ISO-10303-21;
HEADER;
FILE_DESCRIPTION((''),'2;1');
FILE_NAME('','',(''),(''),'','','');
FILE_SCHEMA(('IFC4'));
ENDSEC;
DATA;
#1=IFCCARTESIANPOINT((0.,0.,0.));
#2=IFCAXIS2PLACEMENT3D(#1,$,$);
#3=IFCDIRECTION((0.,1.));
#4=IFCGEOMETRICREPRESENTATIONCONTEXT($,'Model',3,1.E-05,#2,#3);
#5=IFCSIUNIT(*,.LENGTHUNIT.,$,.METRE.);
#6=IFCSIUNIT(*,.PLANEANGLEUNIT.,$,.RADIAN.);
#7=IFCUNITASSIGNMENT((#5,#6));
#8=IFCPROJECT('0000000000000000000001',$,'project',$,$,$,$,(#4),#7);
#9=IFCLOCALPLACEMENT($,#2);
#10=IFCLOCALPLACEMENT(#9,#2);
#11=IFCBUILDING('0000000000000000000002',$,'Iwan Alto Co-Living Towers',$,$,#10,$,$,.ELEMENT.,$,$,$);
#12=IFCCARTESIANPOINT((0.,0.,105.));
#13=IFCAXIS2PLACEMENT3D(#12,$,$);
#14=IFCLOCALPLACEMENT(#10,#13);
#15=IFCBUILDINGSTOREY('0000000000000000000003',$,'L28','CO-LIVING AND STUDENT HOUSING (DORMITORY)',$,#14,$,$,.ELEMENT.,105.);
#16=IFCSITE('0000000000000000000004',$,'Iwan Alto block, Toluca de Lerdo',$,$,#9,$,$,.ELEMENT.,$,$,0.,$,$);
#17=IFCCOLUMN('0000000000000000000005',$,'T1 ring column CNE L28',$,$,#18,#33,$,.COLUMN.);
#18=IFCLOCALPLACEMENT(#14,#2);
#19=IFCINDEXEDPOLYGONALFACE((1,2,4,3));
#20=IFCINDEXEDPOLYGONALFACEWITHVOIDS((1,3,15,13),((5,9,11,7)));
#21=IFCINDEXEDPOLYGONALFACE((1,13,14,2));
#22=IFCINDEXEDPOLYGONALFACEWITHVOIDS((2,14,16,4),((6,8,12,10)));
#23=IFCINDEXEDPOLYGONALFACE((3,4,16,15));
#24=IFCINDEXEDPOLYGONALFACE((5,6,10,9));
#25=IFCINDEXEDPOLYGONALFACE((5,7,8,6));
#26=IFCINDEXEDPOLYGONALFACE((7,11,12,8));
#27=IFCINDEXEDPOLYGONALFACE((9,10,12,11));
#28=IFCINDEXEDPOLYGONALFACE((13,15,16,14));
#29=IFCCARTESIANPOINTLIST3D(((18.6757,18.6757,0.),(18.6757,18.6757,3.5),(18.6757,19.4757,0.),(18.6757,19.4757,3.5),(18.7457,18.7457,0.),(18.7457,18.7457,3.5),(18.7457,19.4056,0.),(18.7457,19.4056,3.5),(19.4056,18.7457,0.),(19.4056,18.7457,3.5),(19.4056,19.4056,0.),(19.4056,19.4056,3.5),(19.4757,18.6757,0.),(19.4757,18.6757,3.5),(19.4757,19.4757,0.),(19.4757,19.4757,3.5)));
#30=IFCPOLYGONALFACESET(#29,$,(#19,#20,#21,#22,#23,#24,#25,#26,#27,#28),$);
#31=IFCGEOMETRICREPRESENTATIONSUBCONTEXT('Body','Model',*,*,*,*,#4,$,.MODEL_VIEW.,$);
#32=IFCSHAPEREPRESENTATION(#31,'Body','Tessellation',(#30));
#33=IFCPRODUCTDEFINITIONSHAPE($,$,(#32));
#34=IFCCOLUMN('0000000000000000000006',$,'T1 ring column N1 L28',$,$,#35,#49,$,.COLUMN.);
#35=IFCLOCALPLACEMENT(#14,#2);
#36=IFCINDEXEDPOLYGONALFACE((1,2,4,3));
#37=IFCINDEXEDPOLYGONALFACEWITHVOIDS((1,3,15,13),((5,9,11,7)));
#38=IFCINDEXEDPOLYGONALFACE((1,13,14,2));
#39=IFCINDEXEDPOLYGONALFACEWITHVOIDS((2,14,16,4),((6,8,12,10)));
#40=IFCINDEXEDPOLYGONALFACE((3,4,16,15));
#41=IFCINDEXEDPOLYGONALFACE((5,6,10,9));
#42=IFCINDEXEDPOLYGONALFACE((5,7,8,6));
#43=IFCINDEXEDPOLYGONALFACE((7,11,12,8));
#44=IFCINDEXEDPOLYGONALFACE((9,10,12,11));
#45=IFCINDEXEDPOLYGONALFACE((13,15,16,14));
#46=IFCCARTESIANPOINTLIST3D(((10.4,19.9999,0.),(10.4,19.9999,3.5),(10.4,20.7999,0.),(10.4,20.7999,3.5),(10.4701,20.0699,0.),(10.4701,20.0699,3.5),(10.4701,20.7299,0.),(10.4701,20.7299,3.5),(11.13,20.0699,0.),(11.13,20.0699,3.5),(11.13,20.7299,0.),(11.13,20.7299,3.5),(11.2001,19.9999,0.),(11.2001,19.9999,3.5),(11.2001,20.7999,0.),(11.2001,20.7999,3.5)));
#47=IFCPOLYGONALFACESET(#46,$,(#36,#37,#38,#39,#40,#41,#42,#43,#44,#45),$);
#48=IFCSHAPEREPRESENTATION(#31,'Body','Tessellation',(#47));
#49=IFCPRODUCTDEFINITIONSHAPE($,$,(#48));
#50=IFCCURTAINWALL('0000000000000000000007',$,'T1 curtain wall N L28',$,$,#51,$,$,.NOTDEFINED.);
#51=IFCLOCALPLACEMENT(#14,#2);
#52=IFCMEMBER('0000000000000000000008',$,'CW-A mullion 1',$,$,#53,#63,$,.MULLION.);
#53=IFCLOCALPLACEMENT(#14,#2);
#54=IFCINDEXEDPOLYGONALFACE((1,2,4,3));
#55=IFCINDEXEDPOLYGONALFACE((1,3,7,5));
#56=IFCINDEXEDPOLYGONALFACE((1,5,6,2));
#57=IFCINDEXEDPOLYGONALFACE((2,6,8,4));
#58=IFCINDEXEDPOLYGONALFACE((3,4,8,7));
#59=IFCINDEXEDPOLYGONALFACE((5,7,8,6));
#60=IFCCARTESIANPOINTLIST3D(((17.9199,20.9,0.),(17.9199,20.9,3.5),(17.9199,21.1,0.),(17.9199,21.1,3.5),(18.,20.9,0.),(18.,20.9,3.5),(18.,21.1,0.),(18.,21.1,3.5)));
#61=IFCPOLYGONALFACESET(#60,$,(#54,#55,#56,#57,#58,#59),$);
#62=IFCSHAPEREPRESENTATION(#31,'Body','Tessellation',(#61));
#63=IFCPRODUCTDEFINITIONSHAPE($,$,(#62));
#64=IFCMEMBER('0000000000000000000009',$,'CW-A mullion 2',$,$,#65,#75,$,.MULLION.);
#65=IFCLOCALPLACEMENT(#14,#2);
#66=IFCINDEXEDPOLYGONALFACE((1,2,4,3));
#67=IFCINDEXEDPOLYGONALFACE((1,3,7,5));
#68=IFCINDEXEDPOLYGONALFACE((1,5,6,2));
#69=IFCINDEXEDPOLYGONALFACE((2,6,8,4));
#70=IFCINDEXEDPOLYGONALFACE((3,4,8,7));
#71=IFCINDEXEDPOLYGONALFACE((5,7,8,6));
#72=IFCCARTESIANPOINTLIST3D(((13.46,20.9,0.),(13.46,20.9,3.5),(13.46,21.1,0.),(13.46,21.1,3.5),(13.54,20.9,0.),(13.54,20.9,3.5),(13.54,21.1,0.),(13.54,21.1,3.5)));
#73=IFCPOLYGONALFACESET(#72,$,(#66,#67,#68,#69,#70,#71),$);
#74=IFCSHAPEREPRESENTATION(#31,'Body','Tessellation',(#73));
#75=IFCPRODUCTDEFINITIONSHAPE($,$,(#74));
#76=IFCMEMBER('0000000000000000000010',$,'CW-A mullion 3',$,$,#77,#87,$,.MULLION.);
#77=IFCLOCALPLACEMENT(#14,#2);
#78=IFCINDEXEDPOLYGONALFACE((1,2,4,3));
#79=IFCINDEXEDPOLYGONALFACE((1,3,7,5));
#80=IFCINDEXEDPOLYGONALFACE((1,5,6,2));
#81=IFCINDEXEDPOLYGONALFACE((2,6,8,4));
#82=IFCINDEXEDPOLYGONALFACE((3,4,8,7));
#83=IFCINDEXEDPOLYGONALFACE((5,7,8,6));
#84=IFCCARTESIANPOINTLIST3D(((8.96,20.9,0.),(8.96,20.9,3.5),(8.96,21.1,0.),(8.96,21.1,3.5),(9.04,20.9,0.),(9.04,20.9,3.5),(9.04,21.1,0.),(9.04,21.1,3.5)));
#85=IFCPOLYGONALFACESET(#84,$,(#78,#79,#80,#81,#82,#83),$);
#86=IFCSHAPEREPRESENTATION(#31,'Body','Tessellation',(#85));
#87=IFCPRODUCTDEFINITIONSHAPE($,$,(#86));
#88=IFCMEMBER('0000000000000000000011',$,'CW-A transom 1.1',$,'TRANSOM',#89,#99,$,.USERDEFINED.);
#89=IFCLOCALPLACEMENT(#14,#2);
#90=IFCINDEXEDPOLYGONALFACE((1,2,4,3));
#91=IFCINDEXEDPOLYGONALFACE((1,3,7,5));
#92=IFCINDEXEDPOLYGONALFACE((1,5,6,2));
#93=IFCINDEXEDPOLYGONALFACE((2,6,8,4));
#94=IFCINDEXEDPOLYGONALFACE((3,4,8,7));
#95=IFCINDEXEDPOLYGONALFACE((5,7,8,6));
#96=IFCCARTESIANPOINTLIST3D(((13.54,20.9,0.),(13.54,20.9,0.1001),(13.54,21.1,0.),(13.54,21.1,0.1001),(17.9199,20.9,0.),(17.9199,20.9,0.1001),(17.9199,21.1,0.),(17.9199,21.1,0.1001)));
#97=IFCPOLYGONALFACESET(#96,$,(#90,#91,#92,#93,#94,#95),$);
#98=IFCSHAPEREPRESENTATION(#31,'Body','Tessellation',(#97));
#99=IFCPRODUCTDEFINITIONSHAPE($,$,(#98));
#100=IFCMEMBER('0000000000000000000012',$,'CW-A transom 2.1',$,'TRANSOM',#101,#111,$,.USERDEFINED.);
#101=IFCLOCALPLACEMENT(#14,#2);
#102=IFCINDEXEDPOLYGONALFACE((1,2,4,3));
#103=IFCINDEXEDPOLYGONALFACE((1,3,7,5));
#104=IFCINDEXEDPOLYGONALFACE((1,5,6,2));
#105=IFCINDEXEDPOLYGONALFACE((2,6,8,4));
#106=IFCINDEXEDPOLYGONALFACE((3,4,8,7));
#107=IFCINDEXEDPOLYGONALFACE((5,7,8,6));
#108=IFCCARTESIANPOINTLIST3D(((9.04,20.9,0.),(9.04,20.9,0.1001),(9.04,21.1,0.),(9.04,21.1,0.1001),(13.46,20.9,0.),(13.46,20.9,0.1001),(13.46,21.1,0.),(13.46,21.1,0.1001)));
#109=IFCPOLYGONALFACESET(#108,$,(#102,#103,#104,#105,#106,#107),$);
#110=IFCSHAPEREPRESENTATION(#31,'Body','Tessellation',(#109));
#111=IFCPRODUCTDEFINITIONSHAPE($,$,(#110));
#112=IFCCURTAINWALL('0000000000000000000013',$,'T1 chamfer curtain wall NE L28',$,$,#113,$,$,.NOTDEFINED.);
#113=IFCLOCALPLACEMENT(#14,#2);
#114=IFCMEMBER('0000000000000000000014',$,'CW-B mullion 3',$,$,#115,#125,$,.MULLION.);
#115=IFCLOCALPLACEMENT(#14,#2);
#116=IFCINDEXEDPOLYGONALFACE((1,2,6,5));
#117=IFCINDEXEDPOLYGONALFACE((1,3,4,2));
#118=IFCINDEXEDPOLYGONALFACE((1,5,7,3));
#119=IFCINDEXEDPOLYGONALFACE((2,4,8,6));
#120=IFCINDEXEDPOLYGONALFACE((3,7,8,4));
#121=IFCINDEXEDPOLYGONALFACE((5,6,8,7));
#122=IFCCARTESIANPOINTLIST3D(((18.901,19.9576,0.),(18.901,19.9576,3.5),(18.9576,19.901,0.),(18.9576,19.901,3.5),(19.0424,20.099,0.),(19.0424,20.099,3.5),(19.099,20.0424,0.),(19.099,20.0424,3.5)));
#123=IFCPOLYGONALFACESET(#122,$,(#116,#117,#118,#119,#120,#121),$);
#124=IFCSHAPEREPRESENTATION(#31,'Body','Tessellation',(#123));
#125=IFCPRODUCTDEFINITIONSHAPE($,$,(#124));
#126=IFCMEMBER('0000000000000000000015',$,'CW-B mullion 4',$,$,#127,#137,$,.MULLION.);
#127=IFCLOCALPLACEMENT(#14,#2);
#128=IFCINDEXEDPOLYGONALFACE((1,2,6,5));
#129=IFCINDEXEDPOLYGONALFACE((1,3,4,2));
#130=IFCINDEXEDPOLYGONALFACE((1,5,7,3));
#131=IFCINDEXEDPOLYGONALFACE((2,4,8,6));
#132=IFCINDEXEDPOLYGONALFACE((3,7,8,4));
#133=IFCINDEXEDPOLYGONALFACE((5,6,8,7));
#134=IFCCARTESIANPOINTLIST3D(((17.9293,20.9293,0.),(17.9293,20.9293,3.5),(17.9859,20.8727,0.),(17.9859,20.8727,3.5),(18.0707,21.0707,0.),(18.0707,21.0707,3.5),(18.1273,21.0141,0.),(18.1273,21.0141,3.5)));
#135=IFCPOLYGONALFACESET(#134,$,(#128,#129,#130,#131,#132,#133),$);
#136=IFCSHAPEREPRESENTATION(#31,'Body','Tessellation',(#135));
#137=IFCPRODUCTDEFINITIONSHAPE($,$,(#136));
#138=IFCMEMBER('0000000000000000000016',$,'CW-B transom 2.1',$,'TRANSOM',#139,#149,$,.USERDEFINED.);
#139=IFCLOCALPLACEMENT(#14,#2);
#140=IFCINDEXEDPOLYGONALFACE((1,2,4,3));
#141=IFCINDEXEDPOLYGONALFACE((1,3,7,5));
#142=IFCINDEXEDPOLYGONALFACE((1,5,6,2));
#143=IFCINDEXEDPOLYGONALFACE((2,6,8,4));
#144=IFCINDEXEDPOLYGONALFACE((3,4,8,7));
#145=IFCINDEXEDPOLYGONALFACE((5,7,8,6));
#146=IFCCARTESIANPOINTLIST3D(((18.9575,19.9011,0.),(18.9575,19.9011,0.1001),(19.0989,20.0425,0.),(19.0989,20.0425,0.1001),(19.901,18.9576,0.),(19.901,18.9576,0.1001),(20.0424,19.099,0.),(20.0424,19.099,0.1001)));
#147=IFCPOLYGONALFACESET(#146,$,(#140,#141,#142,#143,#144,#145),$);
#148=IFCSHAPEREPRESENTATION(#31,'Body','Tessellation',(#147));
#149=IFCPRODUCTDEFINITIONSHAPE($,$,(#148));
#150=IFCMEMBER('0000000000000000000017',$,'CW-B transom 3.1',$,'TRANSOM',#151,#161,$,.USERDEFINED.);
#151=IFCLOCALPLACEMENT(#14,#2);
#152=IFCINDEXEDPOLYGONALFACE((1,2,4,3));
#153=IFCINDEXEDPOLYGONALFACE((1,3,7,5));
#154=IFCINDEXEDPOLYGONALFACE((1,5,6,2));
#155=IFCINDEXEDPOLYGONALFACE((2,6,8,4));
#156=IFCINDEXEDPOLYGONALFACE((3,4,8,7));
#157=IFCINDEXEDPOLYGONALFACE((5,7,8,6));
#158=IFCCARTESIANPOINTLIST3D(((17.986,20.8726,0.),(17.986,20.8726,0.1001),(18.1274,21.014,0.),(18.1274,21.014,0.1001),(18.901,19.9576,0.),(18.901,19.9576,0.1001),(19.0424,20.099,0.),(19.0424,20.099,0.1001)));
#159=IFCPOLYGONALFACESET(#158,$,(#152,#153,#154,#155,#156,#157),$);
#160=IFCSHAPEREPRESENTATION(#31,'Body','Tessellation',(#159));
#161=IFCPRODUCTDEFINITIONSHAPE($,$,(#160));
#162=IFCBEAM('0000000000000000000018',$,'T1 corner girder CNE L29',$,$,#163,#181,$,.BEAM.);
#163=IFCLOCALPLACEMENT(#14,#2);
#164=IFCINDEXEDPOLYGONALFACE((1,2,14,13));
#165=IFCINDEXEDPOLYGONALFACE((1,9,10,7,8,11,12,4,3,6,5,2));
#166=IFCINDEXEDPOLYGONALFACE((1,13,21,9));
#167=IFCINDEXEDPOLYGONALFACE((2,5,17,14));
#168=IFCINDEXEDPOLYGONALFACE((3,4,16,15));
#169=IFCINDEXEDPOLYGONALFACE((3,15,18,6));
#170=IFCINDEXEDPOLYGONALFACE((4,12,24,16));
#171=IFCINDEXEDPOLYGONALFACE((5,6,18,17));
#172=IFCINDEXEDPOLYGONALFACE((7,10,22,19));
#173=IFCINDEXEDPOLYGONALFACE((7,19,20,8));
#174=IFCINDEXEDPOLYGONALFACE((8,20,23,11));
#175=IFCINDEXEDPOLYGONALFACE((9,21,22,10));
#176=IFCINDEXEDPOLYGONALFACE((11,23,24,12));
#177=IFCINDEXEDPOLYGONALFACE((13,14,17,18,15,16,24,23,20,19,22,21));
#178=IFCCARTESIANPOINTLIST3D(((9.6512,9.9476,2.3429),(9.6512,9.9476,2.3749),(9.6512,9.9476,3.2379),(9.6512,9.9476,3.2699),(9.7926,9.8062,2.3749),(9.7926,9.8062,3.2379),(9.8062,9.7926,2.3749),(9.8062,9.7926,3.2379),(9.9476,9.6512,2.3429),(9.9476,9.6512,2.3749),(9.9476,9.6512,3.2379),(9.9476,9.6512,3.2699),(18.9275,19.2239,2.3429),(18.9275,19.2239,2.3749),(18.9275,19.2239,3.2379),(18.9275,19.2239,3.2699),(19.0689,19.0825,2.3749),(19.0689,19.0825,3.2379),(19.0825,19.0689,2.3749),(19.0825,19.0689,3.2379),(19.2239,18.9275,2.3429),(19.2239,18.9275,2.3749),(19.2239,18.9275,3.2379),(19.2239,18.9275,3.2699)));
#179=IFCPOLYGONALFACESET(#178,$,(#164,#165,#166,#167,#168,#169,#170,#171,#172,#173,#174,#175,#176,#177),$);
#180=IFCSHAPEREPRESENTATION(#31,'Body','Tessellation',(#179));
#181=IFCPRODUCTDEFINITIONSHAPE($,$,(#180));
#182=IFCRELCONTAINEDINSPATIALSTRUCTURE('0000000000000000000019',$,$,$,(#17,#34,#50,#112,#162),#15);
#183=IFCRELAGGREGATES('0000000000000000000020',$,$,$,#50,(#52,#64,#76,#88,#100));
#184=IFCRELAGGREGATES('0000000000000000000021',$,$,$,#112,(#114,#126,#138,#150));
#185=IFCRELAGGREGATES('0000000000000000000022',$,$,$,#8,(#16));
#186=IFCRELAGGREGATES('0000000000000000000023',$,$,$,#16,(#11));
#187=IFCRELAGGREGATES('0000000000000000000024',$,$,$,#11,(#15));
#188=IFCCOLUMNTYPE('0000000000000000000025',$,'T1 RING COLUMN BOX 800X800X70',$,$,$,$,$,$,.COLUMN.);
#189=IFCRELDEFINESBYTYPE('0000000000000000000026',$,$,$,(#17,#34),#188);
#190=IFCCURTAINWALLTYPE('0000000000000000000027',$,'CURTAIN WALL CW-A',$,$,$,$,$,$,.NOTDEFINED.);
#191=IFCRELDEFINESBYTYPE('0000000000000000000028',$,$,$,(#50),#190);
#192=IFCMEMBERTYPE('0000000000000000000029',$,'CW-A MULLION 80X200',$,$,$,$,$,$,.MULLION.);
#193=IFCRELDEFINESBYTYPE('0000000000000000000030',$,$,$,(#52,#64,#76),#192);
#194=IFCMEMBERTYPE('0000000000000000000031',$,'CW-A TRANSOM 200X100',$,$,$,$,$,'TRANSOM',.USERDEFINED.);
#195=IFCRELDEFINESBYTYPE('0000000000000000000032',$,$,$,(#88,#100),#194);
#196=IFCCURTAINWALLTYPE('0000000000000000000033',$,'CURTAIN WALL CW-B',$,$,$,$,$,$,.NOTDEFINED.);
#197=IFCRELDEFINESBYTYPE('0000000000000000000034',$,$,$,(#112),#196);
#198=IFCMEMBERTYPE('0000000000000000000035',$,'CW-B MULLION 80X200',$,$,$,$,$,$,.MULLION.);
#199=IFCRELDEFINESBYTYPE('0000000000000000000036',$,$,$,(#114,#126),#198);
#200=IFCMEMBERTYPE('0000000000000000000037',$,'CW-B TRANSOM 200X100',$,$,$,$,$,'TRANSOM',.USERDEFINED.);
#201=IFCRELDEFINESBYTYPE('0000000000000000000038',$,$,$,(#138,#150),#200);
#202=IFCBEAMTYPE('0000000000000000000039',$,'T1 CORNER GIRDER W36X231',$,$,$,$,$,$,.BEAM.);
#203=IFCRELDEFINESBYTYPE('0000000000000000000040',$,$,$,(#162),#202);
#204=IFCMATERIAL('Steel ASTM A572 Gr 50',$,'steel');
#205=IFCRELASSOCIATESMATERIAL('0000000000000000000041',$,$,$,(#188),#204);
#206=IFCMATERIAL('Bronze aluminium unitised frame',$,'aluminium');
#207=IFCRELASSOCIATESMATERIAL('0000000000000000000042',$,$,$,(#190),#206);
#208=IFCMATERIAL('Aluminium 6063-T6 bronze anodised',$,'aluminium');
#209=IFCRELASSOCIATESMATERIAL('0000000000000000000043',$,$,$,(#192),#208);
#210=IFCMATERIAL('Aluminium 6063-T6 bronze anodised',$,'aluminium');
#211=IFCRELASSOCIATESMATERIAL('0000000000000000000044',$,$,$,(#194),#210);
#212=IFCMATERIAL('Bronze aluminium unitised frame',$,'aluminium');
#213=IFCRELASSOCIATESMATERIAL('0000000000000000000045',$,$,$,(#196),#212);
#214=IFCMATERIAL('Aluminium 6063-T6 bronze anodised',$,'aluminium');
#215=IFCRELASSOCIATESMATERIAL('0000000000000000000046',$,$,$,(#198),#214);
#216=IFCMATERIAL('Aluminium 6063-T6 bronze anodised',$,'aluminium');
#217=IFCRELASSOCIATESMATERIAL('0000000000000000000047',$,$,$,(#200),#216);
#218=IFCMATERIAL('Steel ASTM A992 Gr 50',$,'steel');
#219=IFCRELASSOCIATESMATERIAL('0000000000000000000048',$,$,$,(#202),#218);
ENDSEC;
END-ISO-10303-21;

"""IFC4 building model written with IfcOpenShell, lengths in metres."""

from ifc_helpers import new_model, si_unit, direction, frame, origin, origin_2d, place, context, subcontext, project, spatial, rectangle, hollow_rectangle, i_section, extrude, material, material_profile, profile_set, type_object, element, aggregate, save


model = new_model("IFC4")

# Units and contexts
model_context = context("Model", 3, precision=1e-05, world=origin(), true_north=direction((0.0, 1.0)))
body_context = subcontext(model_context, "Body", "Model", "MODEL_VIEW")
ifc_project = project(units=[si_unit("LENGTHUNIT", "METRE"), si_unit("PLANEANGLEUNIT", "RADIAN")], contexts=[model_context])

# Site, building, storey
site_placement = place(None, origin())
site = spatial("IfcSite", under=ifc_project, at=site_placement, Name="Iwan Alto block, Toluca de Lerdo", CompositionType="ELEMENT", RefElevation=0.0)
building_placement = place(site_placement, origin())
building = spatial("IfcBuilding", under=site, at=building_placement, Name="Iwan Alto Co-Living Towers", CompositionType="ELEMENT")
storey_placement = place(building_placement, frame((0.0, 0.0, 105.0)))
storey = spatial("IfcBuildingStorey", under=building, at=storey_placement, Name="L28", Description="CO-LIVING AND STUDENT HOUSING (DORMITORY)", CompositionType="ELEMENT", Elevation=105.0)

# Columns
ifc_material_1 = material(Name="Steel ASTM A572 Gr 50", Category="steel")
ifc_material_profile_1 = material_profile(ifc_material_1, hollow_rectangle(XDim=0.8, YDim=0.8, WallThickness=0.0701, at=origin_2d()), Name="BOX 800X800X70")
ifc_profile_set_1 = profile_set([ifc_material_profile_1], Name="Steel ASTM A572 Gr 50")
column_type = type_object("IfcColumnType", Name="T1 RING COLUMN BOX 800X800X70", PredefinedType="COLUMN", material=ifc_profile_set_1)
for number, where, z_axis, x_axis, name in (
    (1, (19.0757, 19.0757, 0.0), (0.0, 0.0, 1.0), (1.0, 0.0, 0.0), "T1 ring column CNE L28"),
    (2, (10.8, 20.3999, 0.0), (0.0, 0.0, 1.0), (1.0, 0.0, 0.0), "T1 ring column N1 L28"),
):
    element("IfcColumn", number, at=place(storey_placement, frame(where, z_axis=z_axis, x_axis=x_axis)), inside=storey, type_object=column_type, Name=name, PredefinedType="COLUMN", context=body_context, shape_type="SweptSolid", body=[
        extrude(hollow_rectangle(XDim=0.8, YDim=0.8, WallThickness=0.0701, at=origin_2d()), origin(), (0.0, 0.0, 1.0), 3.5),
    ])

# Curtain walls, members
ifc_material_2 = material(Name="Bronze aluminium unitised frame", Category="aluminium")
curtain_wall_type_1 = type_object("IfcCurtainWallType", Name="CURTAIN WALL CW-A", PredefinedType="NOTDEFINED", material=ifc_material_2)
curtain_wall_1_placement = place(storey_placement, origin())
curtain_wall_1 = element("IfcCurtainWall", 3, at=curtain_wall_1_placement, inside=storey, type_object=curtain_wall_type_1, Name="T1 curtain wall N L28", PredefinedType="NOTDEFINED")
ifc_material_3 = material(Name="Aluminium 6063-T6 bronze anodised", Category="aluminium")
ifc_material_profile_2 = material_profile(ifc_material_3, rectangle(XDim=0.2, YDim=0.0801, at=origin_2d()), Name="AL 80X200")
ifc_profile_set_2 = profile_set([ifc_material_profile_2], Name="Aluminium 6063-T6 bronze anodised")
member_type_1 = type_object("IfcMemberType", Name="CW-A MULLION 80X200", PredefinedType="MULLION", material=ifc_profile_set_2)
member_1_placement = place(storey_placement, frame((17.96, 21.0, 0.0), z_axis=(0.0, 0.0, 1.0), x_axis=(0.0, -1.0, 0.0)))
member_1 = element("IfcMember", 4, at=member_1_placement, type_object=member_type_1, Name="CW-A mullion 1", PredefinedType="MULLION", context=body_context, shape_type="SweptSolid", body=[
    extrude(rectangle(XDim=0.2, YDim=0.0801, at=origin_2d()), origin(), (0.0, 0.0, 1.0), 3.5),
])
member_2_placement = place(storey_placement, frame((13.5, 21.0, 0.0), z_axis=(0.0, 0.0, 1.0), x_axis=(0.0, -1.0, 0.0)))
member_2 = element("IfcMember", 5, at=member_2_placement, type_object=member_type_1, Name="CW-A mullion 2", PredefinedType="MULLION", context=body_context, shape_type="SweptSolid", body=[
    extrude(rectangle(XDim=0.2, YDim=0.0801, at=origin_2d()), origin(), (0.0, 0.0, 1.0), 3.5),
])
member_3_placement = place(storey_placement, frame((9.0, 21.0, 0.0), z_axis=(0.0, 0.0, 1.0), x_axis=(0.0, -1.0, 0.0)))
member_3 = element("IfcMember", 6, at=member_3_placement, type_object=member_type_1, Name="CW-A mullion 3", PredefinedType="MULLION", context=body_context, shape_type="SweptSolid", body=[
    extrude(rectangle(XDim=0.2, YDim=0.0801, at=origin_2d()), origin(), (0.0, 0.0, 1.0), 3.5),
])
ifc_material_4 = material(Name="Aluminium 6063-T6 bronze anodised", Category="aluminium")
ifc_material_profile_3 = material_profile(ifc_material_4, rectangle(XDim=0.2, YDim=0.1001, at=origin_2d()), Name="AL 200X100")
ifc_profile_set_3 = profile_set([ifc_material_profile_3], Name="Aluminium 6063-T6 bronze anodised")
member_type_2 = type_object("IfcMemberType", Name="CW-A TRANSOM 200X100", ElementType="TRANSOM", PredefinedType="USERDEFINED", material=ifc_profile_set_3)
member_4_placement = place(storey_placement, frame((17.9199, 21.0, 0.05), z_axis=(-1.0, 0.0, 0.0), x_axis=(0.0, -1.0, 0.0)))
member_4 = element("IfcMember", 7, at=member_4_placement, type_object=member_type_2, Name="CW-A transom 1.1", ObjectType="TRANSOM", PredefinedType="USERDEFINED", context=body_context, shape_type="SweptSolid", body=[
    extrude(rectangle(XDim=0.2, YDim=0.1001, at=origin_2d()), origin(), (0.0, 0.0, 1.0), 4.3799),
])
member_5_placement = place(storey_placement, frame((13.46, 21.0, 0.05), z_axis=(-1.0, 0.0, 0.0), x_axis=(0.0, -1.0, 0.0)))
member_5 = element("IfcMember", 8, at=member_5_placement, type_object=member_type_2, Name="CW-A transom 2.1", ObjectType="TRANSOM", PredefinedType="USERDEFINED", context=body_context, shape_type="SweptSolid", body=[
    extrude(rectangle(XDim=0.2, YDim=0.1001, at=origin_2d()), origin(), (0.0, 0.0, 1.0), 4.4199),
])
ifc_material_5 = material(Name="Bronze aluminium unitised frame", Category="aluminium")
curtain_wall_type_2 = type_object("IfcCurtainWallType", Name="CURTAIN WALL CW-B", PredefinedType="NOTDEFINED", material=ifc_material_5)
curtain_wall_2_placement = place(storey_placement, origin())
curtain_wall_2 = element("IfcCurtainWall", 9, at=curtain_wall_2_placement, inside=storey, type_object=curtain_wall_type_2, Name="T1 chamfer curtain wall NE L28", PredefinedType="NOTDEFINED")
ifc_material_6 = material(Name="Aluminium 6063-T6 bronze anodised", Category="aluminium")
ifc_material_profile_4 = material_profile(ifc_material_6, rectangle(XDim=0.2, YDim=0.0801, at=origin_2d()), Name="AL 80X200")
ifc_profile_set_4 = profile_set([ifc_material_profile_4], Name="Aluminium 6063-T6 bronze anodised")
member_type_3 = type_object("IfcMemberType", Name="CW-B MULLION 80X200", PredefinedType="MULLION", material=ifc_profile_set_4)
member_6_placement = place(storey_placement, frame((19.0, 20.0, 0.0), z_axis=(0.0, 0.0, 1.0), x_axis=(-0.707107, -0.707107, 0.0)))
member_6 = element("IfcMember", 10, at=member_6_placement, type_object=member_type_3, Name="CW-B mullion 3", PredefinedType="MULLION", context=body_context, shape_type="SweptSolid", body=[
    extrude(rectangle(XDim=0.2, YDim=0.0801, at=origin_2d()), origin(), (0.0, 0.0, 1.0), 3.5),
])
member_7_placement = place(storey_placement, frame((18.0283, 20.9717, 0.0), z_axis=(0.0, 0.0, 1.0), x_axis=(-0.707107, -0.707107, 0.0)))
member_7 = element("IfcMember", 11, at=member_7_placement, type_object=member_type_3, Name="CW-B mullion 4", PredefinedType="MULLION", context=body_context, shape_type="SweptSolid", body=[
    extrude(rectangle(XDim=0.2, YDim=0.0801, at=origin_2d()), origin(), (0.0, 0.0, 1.0), 3.5),
])
ifc_material_7 = material(Name="Aluminium 6063-T6 bronze anodised", Category="aluminium")
ifc_material_profile_5 = material_profile(ifc_material_7, rectangle(XDim=0.2, YDim=0.1001, at=origin_2d()), Name="AL 200X100")
ifc_profile_set_5 = profile_set([ifc_material_profile_5], Name="Aluminium 6063-T6 bronze anodised")
member_type_4 = type_object("IfcMemberType", Name="CW-B TRANSOM 200X100", ElementType="TRANSOM", PredefinedType="USERDEFINED", material=ifc_profile_set_5)
member_8_placement = place(storey_placement, frame((19.9717, 19.0283, 0.05), z_axis=(-0.707107, 0.707107, 0.0), x_axis=(-0.707107, -0.707107, 0.0)))
member_8 = element("IfcMember", 12, at=member_8_placement, type_object=member_type_4, Name="CW-B transom 2.1", ObjectType="TRANSOM", PredefinedType="USERDEFINED", context=body_context, shape_type="SweptSolid", body=[
    extrude(rectangle(XDim=0.2, YDim=0.1001, at=origin_2d()), origin(), (0.0, 0.0, 1.0), 1.3342),
])
member_9_placement = place(storey_placement, frame((18.9717, 20.0283, 0.05), z_axis=(-0.707107, 0.707107, 0.0), x_axis=(-0.707107, -0.707107, 0.0)))
member_9 = element("IfcMember", 13, at=member_9_placement, type_object=member_type_4, Name="CW-B transom 3.1", ObjectType="TRANSOM", PredefinedType="USERDEFINED", context=body_context, shape_type="SweptSolid", body=[
    extrude(rectangle(XDim=0.2, YDim=0.1001, at=origin_2d()), origin(), (0.0, 0.0, 1.0), 1.2939),
])

# Beam
ifc_material_8 = material(Name="Steel ASTM A992 Gr 50", Category="steel")
ifc_material_profile_6 = material_profile(ifc_material_8, i_section(OverallWidth=0.4192, OverallDepth=0.927, WebThickness=0.0193, FlangeThickness=0.032, at=origin_2d()), Name="W36X231")
ifc_profile_set_6 = profile_set([ifc_material_profile_6], Name="Steel ASTM A992 Gr 50")
beam_type_1 = type_object("IfcBeamType", Name="T1 CORNER GIRDER W36X231", PredefinedType="BEAM", material=ifc_profile_set_6)
beam_1_placement = place(storey_placement, frame((19.0757, 19.0757, 2.8064), z_axis=(-0.707107, -0.707107, 0.0), x_axis=(0.707107, -0.707107, 0.0)))
element("IfcBeam", 14, at=beam_1_placement, inside=storey, type_object=beam_type_1, Name="T1 corner girder CNE L29", PredefinedType="BEAM", context=body_context, shape_type="SweptSolid", body=[
    extrude(i_section(OverallWidth=0.4192, OverallDepth=0.927, WebThickness=0.0193, FlangeThickness=0.032, at=origin_2d()), origin(), (0.0, 0.0, 1.0), 13.1187),
])

aggregate(curtain_wall_1, [member_1, member_2, member_3, member_4, member_5])
aggregate(curtain_wall_2, [member_6, member_7, member_8, member_9])

save(model, "model.ifc")
